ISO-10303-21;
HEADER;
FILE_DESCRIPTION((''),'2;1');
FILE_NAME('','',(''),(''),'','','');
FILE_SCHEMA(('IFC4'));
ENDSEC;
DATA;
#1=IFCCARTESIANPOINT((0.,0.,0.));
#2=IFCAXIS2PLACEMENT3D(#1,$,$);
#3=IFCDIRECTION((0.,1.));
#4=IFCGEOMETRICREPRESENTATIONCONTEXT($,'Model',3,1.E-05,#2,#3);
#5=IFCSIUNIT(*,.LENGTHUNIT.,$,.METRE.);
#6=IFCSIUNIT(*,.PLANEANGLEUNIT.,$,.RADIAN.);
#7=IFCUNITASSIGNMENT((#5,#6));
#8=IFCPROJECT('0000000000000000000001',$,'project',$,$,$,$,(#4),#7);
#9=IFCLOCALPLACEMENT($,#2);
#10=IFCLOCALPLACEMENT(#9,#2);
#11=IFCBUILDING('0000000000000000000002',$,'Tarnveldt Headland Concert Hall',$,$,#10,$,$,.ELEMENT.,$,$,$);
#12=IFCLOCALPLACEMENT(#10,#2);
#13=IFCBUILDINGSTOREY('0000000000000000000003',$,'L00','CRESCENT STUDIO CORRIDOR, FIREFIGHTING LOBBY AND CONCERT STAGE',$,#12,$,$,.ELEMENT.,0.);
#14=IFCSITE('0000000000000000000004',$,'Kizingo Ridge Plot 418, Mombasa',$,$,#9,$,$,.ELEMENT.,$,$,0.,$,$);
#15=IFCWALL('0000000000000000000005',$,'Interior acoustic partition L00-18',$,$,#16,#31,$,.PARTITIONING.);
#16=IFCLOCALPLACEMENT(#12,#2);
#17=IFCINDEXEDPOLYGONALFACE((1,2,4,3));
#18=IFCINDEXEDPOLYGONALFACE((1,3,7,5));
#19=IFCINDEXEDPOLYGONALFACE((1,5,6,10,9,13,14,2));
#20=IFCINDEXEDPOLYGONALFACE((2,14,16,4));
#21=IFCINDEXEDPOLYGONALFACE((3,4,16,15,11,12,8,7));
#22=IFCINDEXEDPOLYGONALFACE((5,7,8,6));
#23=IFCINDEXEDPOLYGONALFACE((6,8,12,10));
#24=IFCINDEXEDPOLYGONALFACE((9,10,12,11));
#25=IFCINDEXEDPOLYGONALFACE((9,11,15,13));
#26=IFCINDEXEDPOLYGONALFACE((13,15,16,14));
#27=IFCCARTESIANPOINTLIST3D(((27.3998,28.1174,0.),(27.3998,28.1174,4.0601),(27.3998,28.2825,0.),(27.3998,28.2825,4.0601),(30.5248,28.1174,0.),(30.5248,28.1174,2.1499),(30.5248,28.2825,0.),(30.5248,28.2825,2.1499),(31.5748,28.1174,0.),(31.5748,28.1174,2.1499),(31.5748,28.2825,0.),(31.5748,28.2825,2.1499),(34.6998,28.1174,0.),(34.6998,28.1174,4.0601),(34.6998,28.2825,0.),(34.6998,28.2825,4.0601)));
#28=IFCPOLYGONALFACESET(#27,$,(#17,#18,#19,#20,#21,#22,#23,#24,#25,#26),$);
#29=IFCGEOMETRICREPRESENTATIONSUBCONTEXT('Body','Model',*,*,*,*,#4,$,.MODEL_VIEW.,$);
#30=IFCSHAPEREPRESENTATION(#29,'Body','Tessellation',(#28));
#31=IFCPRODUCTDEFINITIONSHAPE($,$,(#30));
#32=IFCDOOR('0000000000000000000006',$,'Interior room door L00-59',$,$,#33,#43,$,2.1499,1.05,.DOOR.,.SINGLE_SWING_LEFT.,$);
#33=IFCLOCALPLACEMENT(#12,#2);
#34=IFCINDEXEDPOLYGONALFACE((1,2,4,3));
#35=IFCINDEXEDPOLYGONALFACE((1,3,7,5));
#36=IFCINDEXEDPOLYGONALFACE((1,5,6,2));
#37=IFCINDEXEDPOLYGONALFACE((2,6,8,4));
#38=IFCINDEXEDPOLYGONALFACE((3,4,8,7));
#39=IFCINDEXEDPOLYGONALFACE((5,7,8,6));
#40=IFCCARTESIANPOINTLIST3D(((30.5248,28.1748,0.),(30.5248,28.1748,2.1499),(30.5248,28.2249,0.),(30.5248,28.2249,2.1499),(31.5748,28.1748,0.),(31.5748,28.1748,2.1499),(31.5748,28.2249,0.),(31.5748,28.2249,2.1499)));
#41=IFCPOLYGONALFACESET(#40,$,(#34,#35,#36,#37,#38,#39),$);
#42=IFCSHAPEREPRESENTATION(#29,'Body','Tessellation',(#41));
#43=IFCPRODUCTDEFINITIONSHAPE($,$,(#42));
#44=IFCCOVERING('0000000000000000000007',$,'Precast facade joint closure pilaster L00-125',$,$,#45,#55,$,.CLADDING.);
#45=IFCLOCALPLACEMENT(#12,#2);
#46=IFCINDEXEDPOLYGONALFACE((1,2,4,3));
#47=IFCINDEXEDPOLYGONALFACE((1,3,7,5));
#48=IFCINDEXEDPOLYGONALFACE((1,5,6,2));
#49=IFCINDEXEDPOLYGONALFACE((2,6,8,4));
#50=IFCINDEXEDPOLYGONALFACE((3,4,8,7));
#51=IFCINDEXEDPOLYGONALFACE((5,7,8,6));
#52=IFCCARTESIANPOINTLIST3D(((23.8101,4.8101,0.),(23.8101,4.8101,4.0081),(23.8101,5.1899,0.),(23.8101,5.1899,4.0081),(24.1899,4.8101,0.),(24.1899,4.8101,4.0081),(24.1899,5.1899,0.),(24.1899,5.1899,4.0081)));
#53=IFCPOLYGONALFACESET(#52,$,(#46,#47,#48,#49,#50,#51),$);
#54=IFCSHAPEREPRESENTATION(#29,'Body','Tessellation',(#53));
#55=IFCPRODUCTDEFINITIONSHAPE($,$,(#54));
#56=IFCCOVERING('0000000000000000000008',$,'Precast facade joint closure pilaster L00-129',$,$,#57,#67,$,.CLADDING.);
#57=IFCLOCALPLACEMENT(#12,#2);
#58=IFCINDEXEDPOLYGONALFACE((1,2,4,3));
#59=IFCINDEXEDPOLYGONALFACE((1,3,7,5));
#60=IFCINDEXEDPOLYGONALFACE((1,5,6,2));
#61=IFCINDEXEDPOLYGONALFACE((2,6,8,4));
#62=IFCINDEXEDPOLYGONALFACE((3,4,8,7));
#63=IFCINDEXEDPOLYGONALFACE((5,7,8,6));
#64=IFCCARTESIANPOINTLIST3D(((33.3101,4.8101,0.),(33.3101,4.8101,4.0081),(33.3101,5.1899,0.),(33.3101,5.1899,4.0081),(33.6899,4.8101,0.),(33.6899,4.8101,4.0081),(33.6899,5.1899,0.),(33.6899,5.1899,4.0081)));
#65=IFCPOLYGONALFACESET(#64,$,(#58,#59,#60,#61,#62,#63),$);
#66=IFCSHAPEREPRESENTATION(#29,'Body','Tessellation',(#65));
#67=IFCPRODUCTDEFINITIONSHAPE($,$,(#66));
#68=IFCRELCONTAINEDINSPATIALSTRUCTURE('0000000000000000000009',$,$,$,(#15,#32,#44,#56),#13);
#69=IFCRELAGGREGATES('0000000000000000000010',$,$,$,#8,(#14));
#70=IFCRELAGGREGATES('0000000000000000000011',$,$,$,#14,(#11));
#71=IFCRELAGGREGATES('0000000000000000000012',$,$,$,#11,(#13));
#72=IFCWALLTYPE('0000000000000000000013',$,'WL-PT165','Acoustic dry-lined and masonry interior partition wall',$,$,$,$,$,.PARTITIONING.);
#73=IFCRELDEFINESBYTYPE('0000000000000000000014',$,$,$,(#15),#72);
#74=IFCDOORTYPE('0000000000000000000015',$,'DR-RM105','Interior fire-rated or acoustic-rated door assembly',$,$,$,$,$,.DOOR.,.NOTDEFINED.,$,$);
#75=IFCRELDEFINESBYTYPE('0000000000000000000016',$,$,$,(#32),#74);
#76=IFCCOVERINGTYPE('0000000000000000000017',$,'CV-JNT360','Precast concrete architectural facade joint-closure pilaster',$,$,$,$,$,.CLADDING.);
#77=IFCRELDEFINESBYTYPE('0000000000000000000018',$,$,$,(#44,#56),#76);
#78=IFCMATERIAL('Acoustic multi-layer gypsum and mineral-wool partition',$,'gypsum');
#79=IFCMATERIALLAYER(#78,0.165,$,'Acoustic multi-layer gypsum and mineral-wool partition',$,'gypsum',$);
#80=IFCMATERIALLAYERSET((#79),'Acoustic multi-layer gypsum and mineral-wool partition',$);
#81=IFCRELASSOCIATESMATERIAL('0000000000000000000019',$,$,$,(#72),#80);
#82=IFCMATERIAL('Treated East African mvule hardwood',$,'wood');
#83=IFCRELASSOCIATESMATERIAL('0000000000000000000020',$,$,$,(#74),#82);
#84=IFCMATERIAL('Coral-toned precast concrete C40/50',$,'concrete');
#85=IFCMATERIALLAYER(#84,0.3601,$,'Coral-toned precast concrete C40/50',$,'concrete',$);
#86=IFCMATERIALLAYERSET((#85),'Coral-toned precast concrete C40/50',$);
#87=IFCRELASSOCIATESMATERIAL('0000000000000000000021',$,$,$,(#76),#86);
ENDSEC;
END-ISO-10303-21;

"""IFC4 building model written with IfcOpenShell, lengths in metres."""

from ifc_helpers import new_model, si_unit, direction, frame, frame_2d, origin, origin_2d, place, context, subcontext, project, spatial, rectangle, extrude, material, layer, layer_set, type_object, element, fill, save


model = new_model("IFC4")

# Units and contexts
model_context = context("Model", 3, precision=1e-05, world=origin(), true_north=direction((0.0, 1.0)))
body_context = subcontext(model_context, "Body", "Model", "MODEL_VIEW")
ifc_project = project(units=[si_unit("LENGTHUNIT", "METRE"), si_unit("PLANEANGLEUNIT", "RADIAN")], contexts=[model_context])

# Site, building, storey
site_placement = place(None, origin())
site = spatial("IfcSite", under=ifc_project, at=site_placement, Name="Kizingo Ridge Plot 418, Mombasa", CompositionType="ELEMENT", RefElevation=0.0)
building_placement = place(site_placement, origin())
building = spatial("IfcBuilding", under=site, at=building_placement, Name="Tarnveldt Headland Concert Hall", CompositionType="ELEMENT")
storey_placement = place(building_placement, origin())
storey = spatial("IfcBuildingStorey", under=building, at=storey_placement, Name="L00", Description="CRESCENT STUDIO CORRIDOR, FIREFIGHTING LOBBY AND CONCERT STAGE", CompositionType="ELEMENT", Elevation=0.0)

# Shared definitions
ifc_material_1 = material(Name="Coral-toned precast concrete C40/50", Category="concrete")

# Shared definitions
ifc_material_2 = material(Name="Acoustic multi-layer gypsum and mineral-wool partition", Category="gypsum")

# Wall, opening, door
ifc_layer_1 = layer(ifc_material_2, 0.165, Name="Acoustic multi-layer gypsum and mineral-wool partition", Category="gypsum")
ifc_layer_set_1 = layer_set([ifc_layer_1], Name="Acoustic multi-layer gypsum and mineral-wool partition")
wall_type_1 = type_object("IfcWallType", Name="WL-PT165", Description="Acoustic dry-lined and masonry interior partition wall", PredefinedType="PARTITIONING", material=ifc_layer_set_1)
ifc_material_3 = material(Name="Treated East African mvule hardwood", Category="wood")
wall_1_placement = place(storey_placement, frame((27.3999, 28.2, 0.0), z_axis=(0.0, 0.0, 1.0), x_axis=(1.0, 0.0, 0.0)))
wall_1 = element("IfcWall", 1, at=wall_1_placement, inside=storey, type_object=wall_type_1, Name="Interior acoustic partition L00-18", PredefinedType="PARTITIONING", context=body_context, shape_type="SweptSolid", body=[
    extrude(rectangle(XDim=7.3, YDim=0.165, at=frame_2d((3.6499, 0.0))), origin(), (0.0, 0.0, 1.0), 4.0601),
])
opening_1_placement = place(wall_1_placement, frame((3.125, 0.0, 0.0)))
opening_1 = element("IfcOpeningElement", 2, at=opening_1_placement, cuts=wall_1, PredefinedType="OPENING", context=body_context, shape_type="SweptSolid", body=[
    extrude(rectangle(XDim=1.05, YDim=2.1499, at=frame_2d((0.5249, 1.075))), frame((0.0, 0.0925, 0.0), z_axis=(0.0, -1.0, 0.0), x_axis=(1.0, 0.0, 0.0)), (0.0, 0.0, 1.0), 0.1851),
])
door_type_1 = type_object("IfcDoorType", Name="DR-RM105", Description="Interior fire-rated or acoustic-rated door assembly", OperationType="NOTDEFINED", PredefinedType="DOOR", material=ifc_material_3)
door_1_placement = place(opening_1_placement, origin())
door_1 = element("IfcDoor", 3, at=door_1_placement, inside=storey, type_object=door_type_1, Name="Interior room door L00-59", OperationType="SINGLE_SWING_LEFT", OverallHeight=2.1499, OverallWidth=1.05, PredefinedType="DOOR", context=body_context, shape_type="SweptSolid", body=[
    extrude(rectangle(XDim=1.05, YDim=2.1499, at=frame_2d((0.5249, 1.075))), frame((0.0, 0.0249, 0.0), z_axis=(0.0, -1.0, 0.0), x_axis=(1.0, 0.0, 0.0)), (0.0, 0.0, 1.0), 0.05),
])
fill(opening_1, door_1)

# Coverings
ifc_layer_2 = layer(ifc_material_1, 0.3601, Name="Coral-toned precast concrete C40/50", Category="concrete")
ifc_layer_set_2 = layer_set([ifc_layer_2], Name="Coral-toned precast concrete C40/50")
covering_type = type_object("IfcCoveringType", Name="CV-JNT360", Description="Precast concrete architectural facade joint-closure pilaster", PredefinedType="CLADDING", material=ifc_layer_set_2)
for number, where, z_axis, x_axis, name in (
    (4, (24.0, 5.0, 0.0), (0.0, 0.0, 1.0), (-1.0, 0.0, 0.0), "Precast facade joint closure pilaster L00-125"),
    (5, (33.5, 5.0, 0.0), (0.0, 0.0, 1.0), (-1.0, 0.0, 0.0), "Precast facade joint closure pilaster L00-129"),
):
    element("IfcCovering", number, at=place(storey_placement, frame(where, z_axis=z_axis, x_axis=x_axis)), inside=storey, type_object=covering_type, Name=name, PredefinedType="CLADDING", context=body_context, shape_type="SweptSolid", body=[
        extrude(rectangle(XDim=0.3799, YDim=0.3799, at=origin_2d()), origin(), (0.0, 0.0, 1.0), 4.0081),
    ])

save(model, "model.ifc")
